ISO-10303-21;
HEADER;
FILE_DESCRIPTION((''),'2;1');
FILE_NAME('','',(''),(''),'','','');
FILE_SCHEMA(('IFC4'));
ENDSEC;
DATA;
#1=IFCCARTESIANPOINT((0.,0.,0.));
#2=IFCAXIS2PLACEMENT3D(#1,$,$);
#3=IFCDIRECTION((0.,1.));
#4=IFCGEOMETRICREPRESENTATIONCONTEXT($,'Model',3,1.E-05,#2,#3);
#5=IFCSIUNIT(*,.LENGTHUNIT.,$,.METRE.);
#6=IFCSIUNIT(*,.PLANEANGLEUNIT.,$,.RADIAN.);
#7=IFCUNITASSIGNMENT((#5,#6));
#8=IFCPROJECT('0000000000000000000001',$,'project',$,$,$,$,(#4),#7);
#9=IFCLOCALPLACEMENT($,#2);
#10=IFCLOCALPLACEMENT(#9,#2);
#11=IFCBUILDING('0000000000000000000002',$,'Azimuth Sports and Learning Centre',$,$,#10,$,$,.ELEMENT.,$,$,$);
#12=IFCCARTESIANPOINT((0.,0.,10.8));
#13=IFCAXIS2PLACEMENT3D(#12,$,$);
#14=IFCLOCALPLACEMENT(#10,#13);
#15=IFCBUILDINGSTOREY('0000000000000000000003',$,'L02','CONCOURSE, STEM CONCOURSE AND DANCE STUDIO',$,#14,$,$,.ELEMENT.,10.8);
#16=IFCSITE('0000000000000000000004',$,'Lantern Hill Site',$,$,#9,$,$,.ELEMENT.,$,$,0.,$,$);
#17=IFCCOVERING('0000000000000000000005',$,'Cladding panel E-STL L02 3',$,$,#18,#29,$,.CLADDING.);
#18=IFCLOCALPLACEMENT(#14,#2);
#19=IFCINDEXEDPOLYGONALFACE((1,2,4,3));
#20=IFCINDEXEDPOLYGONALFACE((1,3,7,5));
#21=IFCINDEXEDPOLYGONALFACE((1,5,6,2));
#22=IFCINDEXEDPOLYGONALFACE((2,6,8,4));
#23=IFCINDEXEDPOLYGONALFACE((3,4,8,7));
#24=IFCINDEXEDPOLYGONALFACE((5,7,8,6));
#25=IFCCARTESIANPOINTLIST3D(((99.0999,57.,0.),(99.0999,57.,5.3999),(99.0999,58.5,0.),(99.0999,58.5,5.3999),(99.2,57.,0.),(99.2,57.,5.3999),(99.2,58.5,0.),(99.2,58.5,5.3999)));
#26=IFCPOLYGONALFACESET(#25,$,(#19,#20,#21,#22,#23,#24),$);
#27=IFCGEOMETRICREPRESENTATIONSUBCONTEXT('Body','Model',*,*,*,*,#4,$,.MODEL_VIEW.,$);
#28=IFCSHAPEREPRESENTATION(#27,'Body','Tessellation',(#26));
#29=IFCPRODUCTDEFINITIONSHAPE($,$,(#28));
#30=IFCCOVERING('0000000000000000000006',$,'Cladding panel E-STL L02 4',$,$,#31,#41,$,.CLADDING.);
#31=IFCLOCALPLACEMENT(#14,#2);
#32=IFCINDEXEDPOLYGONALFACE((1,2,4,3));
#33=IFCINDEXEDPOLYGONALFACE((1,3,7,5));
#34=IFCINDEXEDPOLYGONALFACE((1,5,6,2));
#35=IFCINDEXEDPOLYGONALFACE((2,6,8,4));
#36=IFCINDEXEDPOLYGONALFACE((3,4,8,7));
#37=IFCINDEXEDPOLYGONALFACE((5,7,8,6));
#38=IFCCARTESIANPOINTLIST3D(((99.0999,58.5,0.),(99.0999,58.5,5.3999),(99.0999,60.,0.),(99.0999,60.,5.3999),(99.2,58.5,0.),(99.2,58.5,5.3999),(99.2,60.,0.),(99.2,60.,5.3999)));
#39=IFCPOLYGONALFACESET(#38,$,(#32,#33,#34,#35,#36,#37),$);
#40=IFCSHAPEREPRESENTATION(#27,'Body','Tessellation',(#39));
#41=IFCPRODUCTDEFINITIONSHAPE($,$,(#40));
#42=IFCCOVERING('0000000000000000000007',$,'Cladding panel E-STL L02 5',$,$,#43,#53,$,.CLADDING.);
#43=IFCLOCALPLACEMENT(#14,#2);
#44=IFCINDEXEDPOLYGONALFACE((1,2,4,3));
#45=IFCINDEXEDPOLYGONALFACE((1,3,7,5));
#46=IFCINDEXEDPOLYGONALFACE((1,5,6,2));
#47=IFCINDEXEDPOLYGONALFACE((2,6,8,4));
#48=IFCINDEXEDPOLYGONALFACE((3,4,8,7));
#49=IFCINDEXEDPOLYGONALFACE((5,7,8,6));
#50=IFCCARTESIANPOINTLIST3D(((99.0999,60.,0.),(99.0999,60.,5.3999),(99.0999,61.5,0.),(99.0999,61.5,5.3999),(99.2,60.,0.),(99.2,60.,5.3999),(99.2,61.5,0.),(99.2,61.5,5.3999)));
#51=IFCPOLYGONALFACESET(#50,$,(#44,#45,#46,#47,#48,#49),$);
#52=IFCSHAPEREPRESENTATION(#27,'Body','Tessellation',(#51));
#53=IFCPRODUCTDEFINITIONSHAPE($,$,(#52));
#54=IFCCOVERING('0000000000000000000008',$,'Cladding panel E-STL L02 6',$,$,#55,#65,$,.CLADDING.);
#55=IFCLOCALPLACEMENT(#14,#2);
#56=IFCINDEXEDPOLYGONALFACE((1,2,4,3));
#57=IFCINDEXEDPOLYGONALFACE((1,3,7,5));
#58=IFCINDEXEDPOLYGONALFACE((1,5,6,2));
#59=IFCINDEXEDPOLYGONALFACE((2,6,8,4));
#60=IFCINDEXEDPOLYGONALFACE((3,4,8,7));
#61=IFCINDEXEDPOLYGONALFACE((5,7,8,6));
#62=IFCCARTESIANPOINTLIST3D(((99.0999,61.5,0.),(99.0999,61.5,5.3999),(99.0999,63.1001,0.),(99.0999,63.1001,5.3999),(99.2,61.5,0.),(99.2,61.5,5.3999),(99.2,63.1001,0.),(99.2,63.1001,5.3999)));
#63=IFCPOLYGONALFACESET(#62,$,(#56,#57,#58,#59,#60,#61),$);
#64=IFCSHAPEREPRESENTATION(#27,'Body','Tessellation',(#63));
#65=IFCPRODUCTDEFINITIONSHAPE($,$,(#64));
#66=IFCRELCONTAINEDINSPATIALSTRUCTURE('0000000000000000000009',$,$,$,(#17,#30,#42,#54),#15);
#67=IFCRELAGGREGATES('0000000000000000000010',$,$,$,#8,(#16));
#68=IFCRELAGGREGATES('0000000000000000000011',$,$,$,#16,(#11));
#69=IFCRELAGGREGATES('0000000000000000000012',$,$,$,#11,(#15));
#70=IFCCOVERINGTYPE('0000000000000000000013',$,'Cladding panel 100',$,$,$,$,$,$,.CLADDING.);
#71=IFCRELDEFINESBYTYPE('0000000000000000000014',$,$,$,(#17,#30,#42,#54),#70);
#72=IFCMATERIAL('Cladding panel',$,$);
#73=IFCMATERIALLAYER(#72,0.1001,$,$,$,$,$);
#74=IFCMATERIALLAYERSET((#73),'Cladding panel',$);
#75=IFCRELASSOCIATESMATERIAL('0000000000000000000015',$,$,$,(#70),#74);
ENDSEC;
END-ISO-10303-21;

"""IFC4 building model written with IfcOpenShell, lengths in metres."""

from ifc_helpers import new_model, si_unit, direction, frame, origin, origin_2d, place, context, subcontext, project, spatial, rectangle, extrude, material, layer, layer_set, type_object, element, save


model = new_model("IFC4")

# Units and contexts
model_context = context("Model", 3, precision=1e-05, world=origin(), true_north=direction((0.0, 1.0)))
body_context = subcontext(model_context, "Body", "Model", "MODEL_VIEW")
ifc_project = project(units=[si_unit("LENGTHUNIT", "METRE"), si_unit("PLANEANGLEUNIT", "RADIAN")], contexts=[model_context])

# Site, building, storey
site_placement = place(None, origin())
site = spatial("IfcSite", under=ifc_project, at=site_placement, Name="Lantern Hill Site", CompositionType="ELEMENT", RefElevation=0.0)
building_placement = place(site_placement, origin())
building = spatial("IfcBuilding", under=site, at=building_placement, Name="Azimuth Sports and Learning Centre", CompositionType="ELEMENT")
storey_placement = place(building_placement, frame((0.0, 0.0, 10.8)))
storey = spatial("IfcBuildingStorey", under=building, at=storey_placement, Name="L02", Description="CONCOURSE, STEM CONCOURSE AND DANCE STUDIO", CompositionType="ELEMENT", Elevation=10.8)

# Coverings
ifc_material_1 = material(Name="Cladding panel")
ifc_layer_1 = layer(ifc_material_1, 0.1001)
ifc_layer_set_1 = layer_set([ifc_layer_1], Name="Cladding panel")
covering_type = type_object("IfcCoveringType", Name="Cladding panel 100", PredefinedType="CLADDING", material=ifc_layer_set_1)
for number, where, z_axis, x_axis, name in (
    (1, (99.1499, 57.75, 0.0), (0.0, 0.0, 1.0), (0.0, 1.0, 0.0), "Cladding panel E-STL L02 3"),
    (2, (99.1499, 59.25, 0.0), (0.0, 0.0, 1.0), (0.0, 1.0, 0.0), "Cladding panel E-STL L02 4"),
    (3, (99.1499, 60.75, 0.0), (0.0, 0.0, 1.0), (0.0, 1.0, 0.0), "Cladding panel E-STL L02 5"),
):
    element("IfcCovering", number, at=place(storey_placement, frame(where, z_axis=z_axis, x_axis=x_axis)), inside=storey, type_object=covering_type, Name=name, PredefinedType="CLADDING", context=body_context, shape_type="SweptSolid", body=[
        extrude(rectangle(XDim=1.5, YDim=0.1001, at=origin_2d()), origin(), (0.0, 0.0, 1.0), 5.3999),
    ])
covering_placement = place(storey_placement, frame((99.1499, 62.3, 0.0), z_axis=(0.0, 0.0, 1.0), x_axis=(0.0, 1.0, 0.0)))
element("IfcCovering", 4, at=covering_placement, inside=storey, type_object=covering_type, Name="Cladding panel E-STL L02 6", PredefinedType="CLADDING", context=body_context, shape_type="SweptSolid", body=[
    extrude(rectangle(XDim=1.6001, YDim=0.1001, at=origin_2d()), origin(), (0.0, 0.0, 1.0), 5.3999),
])

save(model, "model.ifc")
